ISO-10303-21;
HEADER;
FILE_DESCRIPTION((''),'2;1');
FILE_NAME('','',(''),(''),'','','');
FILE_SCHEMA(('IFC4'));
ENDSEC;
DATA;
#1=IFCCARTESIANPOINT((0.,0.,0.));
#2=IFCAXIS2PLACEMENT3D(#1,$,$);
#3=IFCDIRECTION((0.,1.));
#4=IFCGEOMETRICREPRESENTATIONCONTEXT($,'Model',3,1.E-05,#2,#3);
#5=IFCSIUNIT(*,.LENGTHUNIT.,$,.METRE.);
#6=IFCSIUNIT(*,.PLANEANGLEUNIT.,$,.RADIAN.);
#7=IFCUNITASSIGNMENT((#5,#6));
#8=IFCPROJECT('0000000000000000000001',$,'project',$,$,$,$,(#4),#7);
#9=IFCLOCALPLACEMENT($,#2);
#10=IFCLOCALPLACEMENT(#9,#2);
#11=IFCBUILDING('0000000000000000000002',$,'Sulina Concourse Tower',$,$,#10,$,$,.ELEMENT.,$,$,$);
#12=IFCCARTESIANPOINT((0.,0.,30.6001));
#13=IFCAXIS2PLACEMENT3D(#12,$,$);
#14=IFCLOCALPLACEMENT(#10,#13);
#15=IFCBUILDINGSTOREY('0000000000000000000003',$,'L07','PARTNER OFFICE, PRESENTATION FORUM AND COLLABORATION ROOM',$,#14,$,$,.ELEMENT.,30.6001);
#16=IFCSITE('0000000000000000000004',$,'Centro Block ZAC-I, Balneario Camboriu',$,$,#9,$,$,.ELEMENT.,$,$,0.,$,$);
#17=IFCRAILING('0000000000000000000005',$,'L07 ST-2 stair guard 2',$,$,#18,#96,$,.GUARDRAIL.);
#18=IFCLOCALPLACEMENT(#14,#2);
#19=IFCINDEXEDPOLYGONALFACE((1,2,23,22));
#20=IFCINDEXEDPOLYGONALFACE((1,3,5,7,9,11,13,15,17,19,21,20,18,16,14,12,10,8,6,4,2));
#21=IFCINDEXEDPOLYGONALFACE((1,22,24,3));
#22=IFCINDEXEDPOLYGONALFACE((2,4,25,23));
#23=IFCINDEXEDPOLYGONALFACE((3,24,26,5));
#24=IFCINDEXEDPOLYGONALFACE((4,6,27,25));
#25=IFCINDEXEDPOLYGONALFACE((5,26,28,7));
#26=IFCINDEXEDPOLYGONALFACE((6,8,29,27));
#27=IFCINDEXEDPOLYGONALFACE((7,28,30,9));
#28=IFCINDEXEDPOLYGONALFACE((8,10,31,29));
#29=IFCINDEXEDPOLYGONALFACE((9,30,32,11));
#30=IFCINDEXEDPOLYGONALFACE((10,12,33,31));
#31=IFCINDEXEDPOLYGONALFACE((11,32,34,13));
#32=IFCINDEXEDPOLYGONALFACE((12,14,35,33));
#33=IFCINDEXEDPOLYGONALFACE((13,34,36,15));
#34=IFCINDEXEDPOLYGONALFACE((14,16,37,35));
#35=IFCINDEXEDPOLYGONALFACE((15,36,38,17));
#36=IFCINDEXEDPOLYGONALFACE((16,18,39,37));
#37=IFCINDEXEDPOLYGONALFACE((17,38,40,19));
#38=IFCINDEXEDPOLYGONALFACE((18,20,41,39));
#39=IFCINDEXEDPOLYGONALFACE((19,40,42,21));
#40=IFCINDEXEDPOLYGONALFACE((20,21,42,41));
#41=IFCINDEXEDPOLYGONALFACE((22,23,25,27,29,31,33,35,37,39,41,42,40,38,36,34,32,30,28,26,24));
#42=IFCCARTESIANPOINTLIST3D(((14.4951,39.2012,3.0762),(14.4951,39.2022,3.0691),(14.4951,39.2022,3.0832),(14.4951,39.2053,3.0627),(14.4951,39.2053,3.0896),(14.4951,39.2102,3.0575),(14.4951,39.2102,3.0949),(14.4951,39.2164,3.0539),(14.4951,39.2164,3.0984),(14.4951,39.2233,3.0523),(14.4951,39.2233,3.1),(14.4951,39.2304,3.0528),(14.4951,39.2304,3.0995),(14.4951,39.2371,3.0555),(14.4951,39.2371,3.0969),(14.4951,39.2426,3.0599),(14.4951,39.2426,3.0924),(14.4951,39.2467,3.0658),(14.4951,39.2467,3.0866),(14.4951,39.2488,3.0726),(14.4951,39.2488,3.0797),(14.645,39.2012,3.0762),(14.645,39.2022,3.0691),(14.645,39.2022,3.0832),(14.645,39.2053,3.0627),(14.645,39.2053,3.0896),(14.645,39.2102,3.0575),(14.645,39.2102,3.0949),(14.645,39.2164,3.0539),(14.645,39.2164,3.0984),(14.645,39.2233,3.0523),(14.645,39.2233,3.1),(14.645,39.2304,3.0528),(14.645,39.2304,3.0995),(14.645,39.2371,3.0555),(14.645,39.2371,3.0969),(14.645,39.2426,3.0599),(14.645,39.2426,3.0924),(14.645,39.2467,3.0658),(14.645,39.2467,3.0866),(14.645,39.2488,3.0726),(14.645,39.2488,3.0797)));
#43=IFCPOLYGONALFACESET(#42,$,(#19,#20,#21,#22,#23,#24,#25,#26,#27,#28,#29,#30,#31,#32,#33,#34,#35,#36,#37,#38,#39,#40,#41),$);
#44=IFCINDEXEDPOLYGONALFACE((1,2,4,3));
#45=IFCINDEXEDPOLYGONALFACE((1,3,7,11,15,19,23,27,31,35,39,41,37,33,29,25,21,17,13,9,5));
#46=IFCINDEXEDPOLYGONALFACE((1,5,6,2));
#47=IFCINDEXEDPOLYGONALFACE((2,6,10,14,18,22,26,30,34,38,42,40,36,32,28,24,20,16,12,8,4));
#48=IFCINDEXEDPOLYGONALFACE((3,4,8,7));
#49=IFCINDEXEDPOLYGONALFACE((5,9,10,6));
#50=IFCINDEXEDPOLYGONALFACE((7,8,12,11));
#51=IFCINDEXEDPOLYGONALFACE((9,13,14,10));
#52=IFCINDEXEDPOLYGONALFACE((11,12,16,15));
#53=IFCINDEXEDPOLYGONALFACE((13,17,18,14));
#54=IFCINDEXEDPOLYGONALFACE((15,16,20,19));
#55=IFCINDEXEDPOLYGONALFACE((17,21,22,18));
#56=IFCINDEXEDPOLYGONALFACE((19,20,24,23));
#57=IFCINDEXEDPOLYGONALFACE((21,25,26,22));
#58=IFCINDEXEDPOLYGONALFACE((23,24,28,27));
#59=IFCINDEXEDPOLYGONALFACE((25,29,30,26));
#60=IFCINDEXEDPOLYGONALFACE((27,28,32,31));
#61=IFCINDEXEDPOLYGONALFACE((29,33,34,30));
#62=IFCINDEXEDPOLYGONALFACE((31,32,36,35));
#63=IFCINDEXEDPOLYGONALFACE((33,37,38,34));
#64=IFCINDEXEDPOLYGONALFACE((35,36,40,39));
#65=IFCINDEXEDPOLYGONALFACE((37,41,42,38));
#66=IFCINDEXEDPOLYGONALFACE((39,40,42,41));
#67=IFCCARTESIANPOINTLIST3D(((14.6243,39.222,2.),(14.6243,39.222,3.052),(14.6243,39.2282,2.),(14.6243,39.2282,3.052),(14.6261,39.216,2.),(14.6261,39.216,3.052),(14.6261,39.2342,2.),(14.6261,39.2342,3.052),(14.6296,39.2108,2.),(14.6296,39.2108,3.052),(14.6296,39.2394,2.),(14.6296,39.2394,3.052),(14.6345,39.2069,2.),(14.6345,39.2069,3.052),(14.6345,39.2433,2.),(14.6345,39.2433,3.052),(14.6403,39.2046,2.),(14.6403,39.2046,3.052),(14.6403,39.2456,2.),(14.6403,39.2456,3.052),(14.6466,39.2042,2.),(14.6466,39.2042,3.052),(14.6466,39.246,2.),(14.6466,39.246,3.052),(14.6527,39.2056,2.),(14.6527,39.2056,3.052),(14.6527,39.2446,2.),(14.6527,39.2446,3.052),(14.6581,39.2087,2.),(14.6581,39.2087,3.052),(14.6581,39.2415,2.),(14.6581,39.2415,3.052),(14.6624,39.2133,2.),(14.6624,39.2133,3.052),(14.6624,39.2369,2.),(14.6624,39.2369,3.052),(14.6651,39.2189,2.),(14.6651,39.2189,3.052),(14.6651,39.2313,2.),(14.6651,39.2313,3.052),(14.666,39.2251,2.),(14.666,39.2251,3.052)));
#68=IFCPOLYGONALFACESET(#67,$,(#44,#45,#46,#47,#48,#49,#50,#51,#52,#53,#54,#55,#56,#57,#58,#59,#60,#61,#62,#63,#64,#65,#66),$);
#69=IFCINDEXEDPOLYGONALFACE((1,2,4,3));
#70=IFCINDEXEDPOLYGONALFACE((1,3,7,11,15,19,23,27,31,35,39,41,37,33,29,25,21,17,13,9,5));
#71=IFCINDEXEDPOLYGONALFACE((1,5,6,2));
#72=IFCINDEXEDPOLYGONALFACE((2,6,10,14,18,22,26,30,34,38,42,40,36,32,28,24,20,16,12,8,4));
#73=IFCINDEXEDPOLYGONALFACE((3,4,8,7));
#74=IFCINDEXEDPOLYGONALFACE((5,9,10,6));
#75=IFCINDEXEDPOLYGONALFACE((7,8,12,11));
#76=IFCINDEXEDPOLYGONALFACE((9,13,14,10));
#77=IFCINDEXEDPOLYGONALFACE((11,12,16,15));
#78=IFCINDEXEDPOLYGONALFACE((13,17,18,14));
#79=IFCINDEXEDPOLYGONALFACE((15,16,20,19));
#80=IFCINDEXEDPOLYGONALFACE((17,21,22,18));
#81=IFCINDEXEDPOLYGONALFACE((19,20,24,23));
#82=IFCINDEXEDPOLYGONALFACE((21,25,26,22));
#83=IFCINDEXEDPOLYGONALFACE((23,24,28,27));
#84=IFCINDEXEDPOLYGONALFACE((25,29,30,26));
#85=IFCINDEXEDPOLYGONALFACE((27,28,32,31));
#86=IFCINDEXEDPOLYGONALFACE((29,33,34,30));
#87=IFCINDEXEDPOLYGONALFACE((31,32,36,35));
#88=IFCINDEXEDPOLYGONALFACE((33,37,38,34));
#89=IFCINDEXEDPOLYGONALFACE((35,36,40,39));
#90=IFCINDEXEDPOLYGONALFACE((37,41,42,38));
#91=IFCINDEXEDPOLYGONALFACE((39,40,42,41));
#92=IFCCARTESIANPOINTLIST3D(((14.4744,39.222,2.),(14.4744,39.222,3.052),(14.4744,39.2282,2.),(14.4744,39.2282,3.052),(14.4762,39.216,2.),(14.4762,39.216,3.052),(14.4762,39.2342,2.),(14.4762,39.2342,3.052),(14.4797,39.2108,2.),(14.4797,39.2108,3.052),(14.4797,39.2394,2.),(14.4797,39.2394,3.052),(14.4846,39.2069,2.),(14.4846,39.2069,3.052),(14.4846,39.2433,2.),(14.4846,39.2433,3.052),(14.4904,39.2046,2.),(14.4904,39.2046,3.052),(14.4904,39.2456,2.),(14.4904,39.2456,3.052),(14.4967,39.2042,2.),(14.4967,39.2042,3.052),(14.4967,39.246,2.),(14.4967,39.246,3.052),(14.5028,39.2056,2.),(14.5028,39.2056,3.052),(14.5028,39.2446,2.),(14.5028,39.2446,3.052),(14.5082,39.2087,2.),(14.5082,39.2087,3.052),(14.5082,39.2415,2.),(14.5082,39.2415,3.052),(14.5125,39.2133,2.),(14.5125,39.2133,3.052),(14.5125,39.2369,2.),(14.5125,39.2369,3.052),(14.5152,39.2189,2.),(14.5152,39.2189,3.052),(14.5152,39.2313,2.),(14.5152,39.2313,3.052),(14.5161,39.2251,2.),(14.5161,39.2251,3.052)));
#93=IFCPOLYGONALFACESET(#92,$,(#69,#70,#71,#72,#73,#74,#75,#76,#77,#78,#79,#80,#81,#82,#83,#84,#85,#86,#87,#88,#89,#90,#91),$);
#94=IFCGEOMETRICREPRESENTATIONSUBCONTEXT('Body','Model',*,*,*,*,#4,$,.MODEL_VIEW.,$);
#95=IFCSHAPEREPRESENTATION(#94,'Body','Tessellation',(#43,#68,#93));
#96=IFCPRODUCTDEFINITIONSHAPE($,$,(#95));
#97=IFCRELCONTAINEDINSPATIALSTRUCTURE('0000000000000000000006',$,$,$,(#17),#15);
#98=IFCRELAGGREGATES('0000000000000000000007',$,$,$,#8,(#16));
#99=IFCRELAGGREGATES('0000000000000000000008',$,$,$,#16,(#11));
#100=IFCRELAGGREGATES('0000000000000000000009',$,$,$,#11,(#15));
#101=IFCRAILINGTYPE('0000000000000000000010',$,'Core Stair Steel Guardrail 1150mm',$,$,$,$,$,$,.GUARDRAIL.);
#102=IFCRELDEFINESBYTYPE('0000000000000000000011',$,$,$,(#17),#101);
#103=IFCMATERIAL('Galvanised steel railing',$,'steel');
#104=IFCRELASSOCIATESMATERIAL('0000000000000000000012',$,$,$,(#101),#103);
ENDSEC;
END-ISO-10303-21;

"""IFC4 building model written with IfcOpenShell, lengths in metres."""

from ifc_helpers import new_model, si_unit, direction, frame, origin, origin_2d, place, context, subcontext, project, spatial, circle, extrude, material, type_object, element, save


model = new_model("IFC4")

# Units and contexts
model_context = context("Model", 3, precision=1e-05, world=origin(), true_north=direction((0.0, 1.0)))
body_context = subcontext(model_context, "Body", "Model", "MODEL_VIEW")
ifc_project = project(units=[si_unit("LENGTHUNIT", "METRE"), si_unit("PLANEANGLEUNIT", "RADIAN")], contexts=[model_context])

# Site, building, storey
site_placement = place(None, origin())
site = spatial("IfcSite", under=ifc_project, at=site_placement, Name="Centro Block ZAC-I, Balneario Camboriu", CompositionType="ELEMENT", RefElevation=0.0)
building_placement = place(site_placement, origin())
building = spatial("IfcBuilding", under=site, at=building_placement, Name="Sulina Concourse Tower", CompositionType="ELEMENT")
storey_placement = place(building_placement, frame((0.0, 0.0, 30.6001)))
storey = spatial("IfcBuildingStorey", under=building, at=storey_placement, Name="L07", Description="PARTNER OFFICE, PRESENTATION FORUM AND COLLABORATION ROOM", CompositionType="ELEMENT", Elevation=30.6001)

# Railing
ifc_material_1 = material(Name="Galvanised steel railing", Category="steel")
railing_type_1 = type_object("IfcRailingType", Name="Core Stair Steel Guardrail 1150mm", PredefinedType="GUARDRAIL", material=ifc_material_1)
railing_1_placement = place(storey_placement, frame((14.645, 39.2251, 2.0)))
element("IfcRailing", 1, at=railing_1_placement, inside=storey, type_object=railing_type_1, Name="L07 ST-2 stair guard 2", PredefinedType="GUARDRAIL", context=body_context, shape_type="SweptSolid", body=[
    extrude(circle(Radius=0.0239, at=origin_2d()), frame((0.0, 0.0, 1.0762), z_axis=(-1.0, 0.0, 0.0), x_axis=(0.0, -1.0, 0.0)), (0.0, 0.0, 1.0), 0.1499),
    extrude(circle(Radius=0.021, at=origin_2d()), origin(), (0.0, 0.0, 1.0), 1.052),
    extrude(circle(Radius=0.021, at=origin_2d()), frame((-0.1499, 0.0, 0.0)), (0.0, 0.0, 1.0), 1.052),
])

save(model, "model.ifc")
